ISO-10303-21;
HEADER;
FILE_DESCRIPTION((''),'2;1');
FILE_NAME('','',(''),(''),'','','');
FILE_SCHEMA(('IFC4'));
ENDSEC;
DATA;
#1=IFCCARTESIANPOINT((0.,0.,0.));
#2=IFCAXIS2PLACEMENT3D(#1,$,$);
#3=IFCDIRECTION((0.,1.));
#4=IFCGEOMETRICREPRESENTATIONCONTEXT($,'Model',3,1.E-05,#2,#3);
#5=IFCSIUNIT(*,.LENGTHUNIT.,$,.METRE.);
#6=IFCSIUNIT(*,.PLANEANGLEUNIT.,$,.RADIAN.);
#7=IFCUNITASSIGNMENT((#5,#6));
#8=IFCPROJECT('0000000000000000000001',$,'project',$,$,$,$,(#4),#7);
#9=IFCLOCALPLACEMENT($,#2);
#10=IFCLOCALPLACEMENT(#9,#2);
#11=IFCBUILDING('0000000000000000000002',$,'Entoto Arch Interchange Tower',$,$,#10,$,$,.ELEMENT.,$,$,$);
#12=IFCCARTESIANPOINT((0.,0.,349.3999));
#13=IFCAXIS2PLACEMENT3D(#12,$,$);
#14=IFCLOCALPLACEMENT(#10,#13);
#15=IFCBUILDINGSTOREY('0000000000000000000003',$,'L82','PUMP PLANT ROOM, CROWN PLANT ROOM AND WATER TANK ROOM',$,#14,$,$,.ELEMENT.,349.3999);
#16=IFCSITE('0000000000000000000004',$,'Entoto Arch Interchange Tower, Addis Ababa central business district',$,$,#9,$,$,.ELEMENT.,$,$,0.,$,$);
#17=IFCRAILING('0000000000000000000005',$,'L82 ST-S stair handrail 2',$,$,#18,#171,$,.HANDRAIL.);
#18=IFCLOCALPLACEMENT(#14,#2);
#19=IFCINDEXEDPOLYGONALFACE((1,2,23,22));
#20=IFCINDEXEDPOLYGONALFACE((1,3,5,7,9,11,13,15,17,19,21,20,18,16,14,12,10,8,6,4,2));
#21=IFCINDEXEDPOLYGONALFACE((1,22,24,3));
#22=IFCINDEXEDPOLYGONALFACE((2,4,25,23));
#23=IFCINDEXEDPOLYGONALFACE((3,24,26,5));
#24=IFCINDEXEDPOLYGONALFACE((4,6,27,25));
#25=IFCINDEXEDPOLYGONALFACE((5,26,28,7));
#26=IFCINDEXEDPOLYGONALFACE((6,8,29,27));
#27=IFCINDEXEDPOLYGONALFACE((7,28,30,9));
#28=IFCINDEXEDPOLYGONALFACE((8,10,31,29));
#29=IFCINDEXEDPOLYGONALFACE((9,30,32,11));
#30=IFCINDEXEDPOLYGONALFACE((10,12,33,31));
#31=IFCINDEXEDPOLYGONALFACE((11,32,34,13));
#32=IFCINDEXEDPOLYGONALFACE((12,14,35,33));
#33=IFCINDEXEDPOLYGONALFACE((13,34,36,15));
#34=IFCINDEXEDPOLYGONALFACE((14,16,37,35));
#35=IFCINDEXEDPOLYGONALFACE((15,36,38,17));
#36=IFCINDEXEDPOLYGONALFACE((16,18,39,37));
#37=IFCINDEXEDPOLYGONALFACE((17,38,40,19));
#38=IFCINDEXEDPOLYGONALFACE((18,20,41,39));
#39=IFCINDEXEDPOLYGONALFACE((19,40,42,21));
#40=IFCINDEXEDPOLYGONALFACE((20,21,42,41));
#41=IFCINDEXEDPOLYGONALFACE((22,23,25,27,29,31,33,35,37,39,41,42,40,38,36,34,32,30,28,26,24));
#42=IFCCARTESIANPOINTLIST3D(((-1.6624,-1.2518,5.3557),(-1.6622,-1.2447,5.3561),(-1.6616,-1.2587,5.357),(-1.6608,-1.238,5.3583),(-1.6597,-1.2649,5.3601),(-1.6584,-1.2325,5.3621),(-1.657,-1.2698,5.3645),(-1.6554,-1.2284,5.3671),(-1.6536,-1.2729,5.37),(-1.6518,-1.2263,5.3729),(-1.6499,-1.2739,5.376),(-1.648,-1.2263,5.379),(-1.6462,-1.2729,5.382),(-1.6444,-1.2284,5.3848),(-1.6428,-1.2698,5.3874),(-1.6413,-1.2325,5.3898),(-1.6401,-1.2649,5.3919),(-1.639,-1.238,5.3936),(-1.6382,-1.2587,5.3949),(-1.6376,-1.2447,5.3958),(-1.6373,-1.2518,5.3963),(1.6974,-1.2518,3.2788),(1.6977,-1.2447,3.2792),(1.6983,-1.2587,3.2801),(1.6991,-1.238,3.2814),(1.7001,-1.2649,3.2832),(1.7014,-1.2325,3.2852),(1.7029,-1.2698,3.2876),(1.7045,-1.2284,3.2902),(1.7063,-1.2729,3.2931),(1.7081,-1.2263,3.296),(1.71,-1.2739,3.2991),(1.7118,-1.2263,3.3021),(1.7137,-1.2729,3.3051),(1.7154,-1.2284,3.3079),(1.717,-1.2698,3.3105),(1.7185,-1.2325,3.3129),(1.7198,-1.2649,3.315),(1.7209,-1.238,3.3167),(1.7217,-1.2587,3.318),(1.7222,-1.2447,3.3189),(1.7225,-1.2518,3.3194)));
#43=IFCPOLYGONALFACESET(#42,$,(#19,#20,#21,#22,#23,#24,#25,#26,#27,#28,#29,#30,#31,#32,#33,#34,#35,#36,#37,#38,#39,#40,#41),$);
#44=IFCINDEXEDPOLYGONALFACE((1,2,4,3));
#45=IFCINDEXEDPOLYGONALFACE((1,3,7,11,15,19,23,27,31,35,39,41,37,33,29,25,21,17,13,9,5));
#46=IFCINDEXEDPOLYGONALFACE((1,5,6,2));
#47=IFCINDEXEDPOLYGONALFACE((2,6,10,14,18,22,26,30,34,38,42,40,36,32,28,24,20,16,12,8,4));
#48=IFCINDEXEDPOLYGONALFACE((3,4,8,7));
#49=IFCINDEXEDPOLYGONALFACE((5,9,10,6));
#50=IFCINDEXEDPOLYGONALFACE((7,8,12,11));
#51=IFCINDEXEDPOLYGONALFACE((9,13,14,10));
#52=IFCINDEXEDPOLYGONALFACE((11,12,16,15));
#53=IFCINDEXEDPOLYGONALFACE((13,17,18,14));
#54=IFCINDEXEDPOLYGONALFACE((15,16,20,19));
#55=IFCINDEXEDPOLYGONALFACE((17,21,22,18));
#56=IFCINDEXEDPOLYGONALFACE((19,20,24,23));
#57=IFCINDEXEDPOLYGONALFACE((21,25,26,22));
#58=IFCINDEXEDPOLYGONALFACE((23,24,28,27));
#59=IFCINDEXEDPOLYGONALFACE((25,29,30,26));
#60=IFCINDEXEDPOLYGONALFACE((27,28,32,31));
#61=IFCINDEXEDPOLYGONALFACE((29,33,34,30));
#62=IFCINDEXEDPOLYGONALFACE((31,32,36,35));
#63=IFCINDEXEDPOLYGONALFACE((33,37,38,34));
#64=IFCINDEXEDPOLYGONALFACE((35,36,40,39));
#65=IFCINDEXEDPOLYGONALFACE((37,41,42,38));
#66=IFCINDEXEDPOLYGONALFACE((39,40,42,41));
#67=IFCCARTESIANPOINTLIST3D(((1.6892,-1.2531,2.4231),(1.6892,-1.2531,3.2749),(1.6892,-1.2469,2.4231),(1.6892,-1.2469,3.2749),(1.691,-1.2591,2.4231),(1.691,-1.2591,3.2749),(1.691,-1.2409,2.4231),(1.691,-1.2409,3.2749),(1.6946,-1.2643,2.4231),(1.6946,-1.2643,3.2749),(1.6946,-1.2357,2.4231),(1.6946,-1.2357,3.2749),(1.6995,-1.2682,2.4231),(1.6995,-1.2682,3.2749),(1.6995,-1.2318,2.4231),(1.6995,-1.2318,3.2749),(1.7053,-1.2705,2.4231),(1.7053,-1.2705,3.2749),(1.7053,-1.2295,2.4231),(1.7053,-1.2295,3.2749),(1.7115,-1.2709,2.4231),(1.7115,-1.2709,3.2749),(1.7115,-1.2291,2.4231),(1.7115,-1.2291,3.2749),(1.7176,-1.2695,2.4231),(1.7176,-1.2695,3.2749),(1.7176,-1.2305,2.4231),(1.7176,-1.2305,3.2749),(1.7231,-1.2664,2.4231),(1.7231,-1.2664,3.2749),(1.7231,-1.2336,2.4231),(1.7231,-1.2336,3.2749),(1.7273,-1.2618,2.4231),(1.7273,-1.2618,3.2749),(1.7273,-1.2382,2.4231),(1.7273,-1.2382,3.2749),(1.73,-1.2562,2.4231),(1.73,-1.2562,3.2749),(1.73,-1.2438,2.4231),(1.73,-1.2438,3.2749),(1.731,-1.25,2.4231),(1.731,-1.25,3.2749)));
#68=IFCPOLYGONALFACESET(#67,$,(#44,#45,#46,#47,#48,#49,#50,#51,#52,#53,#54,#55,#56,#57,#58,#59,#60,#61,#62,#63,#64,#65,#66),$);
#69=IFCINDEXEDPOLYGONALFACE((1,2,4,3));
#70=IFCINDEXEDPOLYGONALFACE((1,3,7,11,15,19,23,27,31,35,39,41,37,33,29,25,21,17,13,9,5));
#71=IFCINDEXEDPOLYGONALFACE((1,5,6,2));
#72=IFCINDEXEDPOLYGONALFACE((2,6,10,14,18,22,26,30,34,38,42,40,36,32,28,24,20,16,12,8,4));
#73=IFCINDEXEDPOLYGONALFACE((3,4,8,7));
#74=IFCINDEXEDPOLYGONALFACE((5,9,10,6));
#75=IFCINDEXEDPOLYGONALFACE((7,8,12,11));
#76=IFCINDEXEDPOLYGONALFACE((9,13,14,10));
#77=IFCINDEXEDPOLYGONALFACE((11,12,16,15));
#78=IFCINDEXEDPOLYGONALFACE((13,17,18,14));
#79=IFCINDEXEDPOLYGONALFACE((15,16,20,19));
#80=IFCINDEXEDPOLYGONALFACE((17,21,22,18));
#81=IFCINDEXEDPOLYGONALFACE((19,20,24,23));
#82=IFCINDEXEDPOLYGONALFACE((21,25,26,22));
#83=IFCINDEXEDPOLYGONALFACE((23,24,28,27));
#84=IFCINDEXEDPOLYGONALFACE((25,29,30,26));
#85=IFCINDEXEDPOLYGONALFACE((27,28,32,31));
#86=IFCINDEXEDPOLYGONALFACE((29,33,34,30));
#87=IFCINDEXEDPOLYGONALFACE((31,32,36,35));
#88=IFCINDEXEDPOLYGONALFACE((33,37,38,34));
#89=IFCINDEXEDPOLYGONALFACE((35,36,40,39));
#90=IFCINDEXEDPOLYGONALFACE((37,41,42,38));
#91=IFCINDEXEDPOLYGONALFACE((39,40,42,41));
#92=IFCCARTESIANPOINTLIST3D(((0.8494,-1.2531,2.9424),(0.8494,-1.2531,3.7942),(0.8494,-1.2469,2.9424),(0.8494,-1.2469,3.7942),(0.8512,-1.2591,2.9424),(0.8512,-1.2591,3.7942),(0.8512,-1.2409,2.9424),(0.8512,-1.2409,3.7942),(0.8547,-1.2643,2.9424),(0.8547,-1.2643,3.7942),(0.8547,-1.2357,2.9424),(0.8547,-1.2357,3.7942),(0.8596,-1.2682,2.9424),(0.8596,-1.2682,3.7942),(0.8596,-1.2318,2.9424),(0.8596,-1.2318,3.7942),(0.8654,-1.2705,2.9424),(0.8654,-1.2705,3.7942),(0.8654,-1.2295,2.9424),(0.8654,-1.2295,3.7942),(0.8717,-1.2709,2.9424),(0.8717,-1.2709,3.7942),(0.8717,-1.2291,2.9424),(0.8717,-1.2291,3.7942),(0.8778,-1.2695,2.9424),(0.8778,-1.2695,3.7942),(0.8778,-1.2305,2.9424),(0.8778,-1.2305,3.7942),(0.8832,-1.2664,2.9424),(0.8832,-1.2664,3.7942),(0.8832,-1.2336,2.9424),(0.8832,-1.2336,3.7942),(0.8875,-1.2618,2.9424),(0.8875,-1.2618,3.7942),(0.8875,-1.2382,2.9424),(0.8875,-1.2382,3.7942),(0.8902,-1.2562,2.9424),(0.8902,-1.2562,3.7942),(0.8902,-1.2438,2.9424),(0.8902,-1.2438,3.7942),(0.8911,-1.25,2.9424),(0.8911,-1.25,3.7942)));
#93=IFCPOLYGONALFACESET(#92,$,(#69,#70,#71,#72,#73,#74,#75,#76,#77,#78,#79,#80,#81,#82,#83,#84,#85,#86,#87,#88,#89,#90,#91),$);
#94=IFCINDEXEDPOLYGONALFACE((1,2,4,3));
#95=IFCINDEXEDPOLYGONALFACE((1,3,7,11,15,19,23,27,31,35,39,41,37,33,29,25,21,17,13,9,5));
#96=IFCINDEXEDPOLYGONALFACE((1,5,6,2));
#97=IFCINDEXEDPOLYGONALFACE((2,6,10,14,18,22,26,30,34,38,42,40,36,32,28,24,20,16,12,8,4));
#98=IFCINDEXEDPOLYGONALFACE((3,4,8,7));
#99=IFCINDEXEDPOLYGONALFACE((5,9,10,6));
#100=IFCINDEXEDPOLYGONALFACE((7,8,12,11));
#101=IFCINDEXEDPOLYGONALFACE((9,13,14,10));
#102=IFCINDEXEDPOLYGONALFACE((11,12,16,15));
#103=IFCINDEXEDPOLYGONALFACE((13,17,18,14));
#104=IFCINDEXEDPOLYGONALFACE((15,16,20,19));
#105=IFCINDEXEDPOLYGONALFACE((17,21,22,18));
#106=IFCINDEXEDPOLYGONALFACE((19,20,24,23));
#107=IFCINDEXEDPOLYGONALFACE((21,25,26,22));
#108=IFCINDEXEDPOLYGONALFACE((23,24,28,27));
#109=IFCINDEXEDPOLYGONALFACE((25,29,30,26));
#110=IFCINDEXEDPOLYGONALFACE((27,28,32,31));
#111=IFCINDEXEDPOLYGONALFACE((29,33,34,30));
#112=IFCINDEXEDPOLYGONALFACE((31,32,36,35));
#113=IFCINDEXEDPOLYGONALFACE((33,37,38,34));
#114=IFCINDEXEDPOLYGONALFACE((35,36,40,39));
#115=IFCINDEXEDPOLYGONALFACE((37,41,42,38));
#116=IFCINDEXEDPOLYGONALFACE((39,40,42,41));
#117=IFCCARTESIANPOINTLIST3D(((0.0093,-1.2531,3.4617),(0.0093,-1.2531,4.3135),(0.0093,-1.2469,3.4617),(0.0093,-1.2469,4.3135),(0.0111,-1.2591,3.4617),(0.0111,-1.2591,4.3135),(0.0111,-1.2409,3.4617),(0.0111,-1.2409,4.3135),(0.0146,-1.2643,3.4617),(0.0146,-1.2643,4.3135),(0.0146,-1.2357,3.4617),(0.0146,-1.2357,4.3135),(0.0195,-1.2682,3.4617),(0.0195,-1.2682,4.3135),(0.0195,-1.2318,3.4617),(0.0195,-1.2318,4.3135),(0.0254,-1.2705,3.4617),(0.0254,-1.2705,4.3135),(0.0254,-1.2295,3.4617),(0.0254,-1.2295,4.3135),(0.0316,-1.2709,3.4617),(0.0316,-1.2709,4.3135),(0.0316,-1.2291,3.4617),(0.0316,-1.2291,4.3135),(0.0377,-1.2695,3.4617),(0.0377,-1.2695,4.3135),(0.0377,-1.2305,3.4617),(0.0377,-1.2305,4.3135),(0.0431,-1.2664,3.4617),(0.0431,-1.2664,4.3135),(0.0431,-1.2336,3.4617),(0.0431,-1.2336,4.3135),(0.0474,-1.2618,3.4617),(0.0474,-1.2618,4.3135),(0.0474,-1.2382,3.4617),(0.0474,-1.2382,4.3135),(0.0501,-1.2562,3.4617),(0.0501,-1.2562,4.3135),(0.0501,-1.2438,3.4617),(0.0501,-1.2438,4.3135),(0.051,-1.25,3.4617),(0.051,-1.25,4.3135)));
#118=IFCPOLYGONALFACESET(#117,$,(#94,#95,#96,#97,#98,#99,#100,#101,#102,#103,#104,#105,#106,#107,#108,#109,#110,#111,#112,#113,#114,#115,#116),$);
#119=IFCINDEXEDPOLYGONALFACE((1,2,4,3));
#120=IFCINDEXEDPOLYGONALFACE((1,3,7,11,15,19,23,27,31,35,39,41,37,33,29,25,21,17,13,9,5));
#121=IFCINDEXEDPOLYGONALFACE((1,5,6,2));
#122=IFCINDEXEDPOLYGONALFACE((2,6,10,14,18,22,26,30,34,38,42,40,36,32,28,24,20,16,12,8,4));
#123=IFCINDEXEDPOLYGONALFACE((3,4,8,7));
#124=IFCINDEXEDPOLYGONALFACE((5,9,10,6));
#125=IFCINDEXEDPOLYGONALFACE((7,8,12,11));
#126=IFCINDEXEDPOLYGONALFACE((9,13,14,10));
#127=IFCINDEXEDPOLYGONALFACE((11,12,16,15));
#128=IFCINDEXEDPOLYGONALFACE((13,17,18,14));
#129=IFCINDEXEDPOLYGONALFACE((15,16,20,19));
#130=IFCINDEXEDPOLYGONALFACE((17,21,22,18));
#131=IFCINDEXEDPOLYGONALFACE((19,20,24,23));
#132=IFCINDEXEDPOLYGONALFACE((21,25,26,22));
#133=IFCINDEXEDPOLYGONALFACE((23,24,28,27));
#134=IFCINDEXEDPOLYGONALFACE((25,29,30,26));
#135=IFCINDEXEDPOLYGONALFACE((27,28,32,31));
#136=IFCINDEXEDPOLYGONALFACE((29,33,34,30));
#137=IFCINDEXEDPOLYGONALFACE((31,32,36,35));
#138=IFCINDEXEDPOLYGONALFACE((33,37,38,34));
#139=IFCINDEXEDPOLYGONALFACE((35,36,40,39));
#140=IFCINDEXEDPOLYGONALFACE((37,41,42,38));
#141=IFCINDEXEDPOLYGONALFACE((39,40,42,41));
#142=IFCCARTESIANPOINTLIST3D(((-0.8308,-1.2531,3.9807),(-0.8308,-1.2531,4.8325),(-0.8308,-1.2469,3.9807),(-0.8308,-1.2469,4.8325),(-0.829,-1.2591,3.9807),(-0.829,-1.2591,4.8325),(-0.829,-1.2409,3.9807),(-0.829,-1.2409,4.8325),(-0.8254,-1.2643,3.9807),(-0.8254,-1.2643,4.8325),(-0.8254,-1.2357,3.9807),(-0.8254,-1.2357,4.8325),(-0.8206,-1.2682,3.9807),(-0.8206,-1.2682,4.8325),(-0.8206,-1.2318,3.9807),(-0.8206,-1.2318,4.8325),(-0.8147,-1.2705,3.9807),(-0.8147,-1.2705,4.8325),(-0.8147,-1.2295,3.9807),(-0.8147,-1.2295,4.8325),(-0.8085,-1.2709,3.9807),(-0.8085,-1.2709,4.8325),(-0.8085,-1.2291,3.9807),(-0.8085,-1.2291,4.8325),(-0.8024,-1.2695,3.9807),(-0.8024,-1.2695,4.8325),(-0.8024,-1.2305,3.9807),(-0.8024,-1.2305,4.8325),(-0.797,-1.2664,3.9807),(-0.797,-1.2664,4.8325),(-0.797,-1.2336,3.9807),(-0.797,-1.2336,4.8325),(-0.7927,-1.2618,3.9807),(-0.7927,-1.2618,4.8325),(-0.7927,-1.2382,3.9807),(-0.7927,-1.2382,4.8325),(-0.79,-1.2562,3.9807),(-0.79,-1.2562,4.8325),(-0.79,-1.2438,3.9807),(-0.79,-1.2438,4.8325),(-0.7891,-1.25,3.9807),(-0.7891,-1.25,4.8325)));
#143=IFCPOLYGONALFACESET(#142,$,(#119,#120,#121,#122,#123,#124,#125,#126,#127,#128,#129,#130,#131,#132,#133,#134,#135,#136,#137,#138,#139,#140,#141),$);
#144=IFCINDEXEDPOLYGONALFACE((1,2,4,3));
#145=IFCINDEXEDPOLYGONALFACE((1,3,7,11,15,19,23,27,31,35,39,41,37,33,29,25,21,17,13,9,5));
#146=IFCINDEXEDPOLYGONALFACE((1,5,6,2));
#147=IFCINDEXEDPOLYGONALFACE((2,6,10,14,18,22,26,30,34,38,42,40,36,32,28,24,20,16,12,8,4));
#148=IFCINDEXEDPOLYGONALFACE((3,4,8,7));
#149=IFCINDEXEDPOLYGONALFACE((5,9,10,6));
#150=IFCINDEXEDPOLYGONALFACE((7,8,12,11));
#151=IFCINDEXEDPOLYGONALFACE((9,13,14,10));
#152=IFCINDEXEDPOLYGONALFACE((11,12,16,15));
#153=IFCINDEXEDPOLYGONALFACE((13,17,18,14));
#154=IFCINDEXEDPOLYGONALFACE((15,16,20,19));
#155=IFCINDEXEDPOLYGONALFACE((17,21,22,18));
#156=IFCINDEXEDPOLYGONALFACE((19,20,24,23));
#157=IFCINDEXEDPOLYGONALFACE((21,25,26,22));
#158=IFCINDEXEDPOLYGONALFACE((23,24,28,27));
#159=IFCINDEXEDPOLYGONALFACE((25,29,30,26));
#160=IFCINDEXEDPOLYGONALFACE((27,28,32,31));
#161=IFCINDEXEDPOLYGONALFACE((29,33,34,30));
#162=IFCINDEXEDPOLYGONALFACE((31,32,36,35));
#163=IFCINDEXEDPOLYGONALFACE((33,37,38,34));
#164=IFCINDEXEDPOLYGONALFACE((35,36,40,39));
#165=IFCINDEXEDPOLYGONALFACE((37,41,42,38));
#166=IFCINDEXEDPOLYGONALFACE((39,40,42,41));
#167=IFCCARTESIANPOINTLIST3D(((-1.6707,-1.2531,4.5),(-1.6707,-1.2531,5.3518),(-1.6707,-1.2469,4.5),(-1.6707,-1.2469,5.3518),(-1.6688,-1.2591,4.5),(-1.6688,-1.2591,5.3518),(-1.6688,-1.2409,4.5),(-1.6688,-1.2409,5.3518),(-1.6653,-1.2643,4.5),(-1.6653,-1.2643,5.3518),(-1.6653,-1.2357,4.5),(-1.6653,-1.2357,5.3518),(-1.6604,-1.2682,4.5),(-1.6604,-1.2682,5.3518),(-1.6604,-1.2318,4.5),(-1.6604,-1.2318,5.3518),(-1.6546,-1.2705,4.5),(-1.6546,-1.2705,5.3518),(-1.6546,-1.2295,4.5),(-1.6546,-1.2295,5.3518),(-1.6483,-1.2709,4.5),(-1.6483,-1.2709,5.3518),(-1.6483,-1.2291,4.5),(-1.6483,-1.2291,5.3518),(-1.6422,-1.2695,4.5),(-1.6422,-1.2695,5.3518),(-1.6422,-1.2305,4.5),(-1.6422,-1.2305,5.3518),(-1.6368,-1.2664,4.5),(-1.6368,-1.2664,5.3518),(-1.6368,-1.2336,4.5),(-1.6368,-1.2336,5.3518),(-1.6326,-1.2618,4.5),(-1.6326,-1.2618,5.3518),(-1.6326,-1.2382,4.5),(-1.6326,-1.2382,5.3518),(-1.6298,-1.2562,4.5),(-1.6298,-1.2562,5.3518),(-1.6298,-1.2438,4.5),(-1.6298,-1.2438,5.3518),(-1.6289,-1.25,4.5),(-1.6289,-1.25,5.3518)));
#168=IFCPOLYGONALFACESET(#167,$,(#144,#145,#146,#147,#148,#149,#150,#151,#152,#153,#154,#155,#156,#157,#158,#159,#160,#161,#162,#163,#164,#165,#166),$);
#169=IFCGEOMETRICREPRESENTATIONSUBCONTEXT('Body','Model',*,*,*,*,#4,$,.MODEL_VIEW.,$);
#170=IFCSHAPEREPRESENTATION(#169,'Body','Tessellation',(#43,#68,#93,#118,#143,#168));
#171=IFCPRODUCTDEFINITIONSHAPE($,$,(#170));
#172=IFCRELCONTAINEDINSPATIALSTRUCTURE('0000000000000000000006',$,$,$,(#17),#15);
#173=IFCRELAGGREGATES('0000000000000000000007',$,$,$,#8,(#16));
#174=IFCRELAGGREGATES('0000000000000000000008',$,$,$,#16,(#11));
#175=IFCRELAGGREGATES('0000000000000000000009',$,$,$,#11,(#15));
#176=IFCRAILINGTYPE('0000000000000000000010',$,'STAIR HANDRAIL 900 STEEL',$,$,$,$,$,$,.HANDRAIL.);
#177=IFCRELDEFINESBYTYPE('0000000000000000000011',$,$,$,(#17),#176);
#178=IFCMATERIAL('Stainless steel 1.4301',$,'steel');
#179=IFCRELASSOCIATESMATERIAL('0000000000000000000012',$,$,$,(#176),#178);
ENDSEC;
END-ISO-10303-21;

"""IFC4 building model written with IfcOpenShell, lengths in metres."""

from ifc_helpers import new_model, si_unit, direction, frame, origin, origin_2d, place, context, subcontext, project, spatial, circle, extrude, material, type_object, element, save


model = new_model("IFC4")

# Units and contexts
model_context = context("Model", 3, precision=1e-05, world=origin(), true_north=direction((0.0, 1.0)))
body_context = subcontext(model_context, "Body", "Model", "MODEL_VIEW")
ifc_project = project(units=[si_unit("LENGTHUNIT", "METRE"), si_unit("PLANEANGLEUNIT", "RADIAN")], contexts=[model_context])

# Site, building, storey
site_placement = place(None, origin())
site = spatial("IfcSite", under=ifc_project, at=site_placement, Name="Entoto Arch Interchange Tower, Addis Ababa central business district", CompositionType="ELEMENT", RefElevation=0.0)
building_placement = place(site_placement, origin())
building = spatial("IfcBuilding", under=site, at=building_placement, Name="Entoto Arch Interchange Tower", CompositionType="ELEMENT")
storey_placement = place(building_placement, frame((0.0, 0.0, 349.3999)))
storey = spatial("IfcBuildingStorey", under=building, at=storey_placement, Name="L82", Description="PUMP PLANT ROOM, CROWN PLANT ROOM AND WATER TANK ROOM", CompositionType="ELEMENT", Elevation=349.3999)

# Railing
ifc_material_1 = material(Name="Stainless steel 1.4301", Category="steel")
railing_type_1 = type_object("IfcRailingType", Name="STAIR HANDRAIL 900 STEEL", PredefinedType="HANDRAIL", material=ifc_material_1)
railing_1_placement = place(storey_placement, frame((1.71, -1.25, 2.4231)))
element("IfcRailing", 1, at=railing_1_placement, inside=storey, type_object=railing_type_1, Name="L82 ST-S stair handrail 2", PredefinedType="HANDRAIL", context=body_context, shape_type="SweptSolid", body=[
    extrude(circle(Radius=0.0239, at=origin_2d()), frame((0.0, 0.0, 0.876), z_axis=(-0.850606, 0.0, 0.525803), x_axis=(0.0, -1.0, 0.0)), (0.0, 0.0, 1.0), 3.95),
    extrude(circle(Radius=0.021, at=origin_2d()), origin(), (0.0, 0.0, 1.0), 0.8518),
    extrude(circle(Radius=0.021, at=origin_2d()), frame((-0.8398, 0.0, 0.5193)), (0.0, 0.0, 1.0), 0.8518),
    extrude(circle(Radius=0.021, at=origin_2d()), frame((-1.6799, 0.0, 1.0386)), (0.0, 0.0, 1.0), 0.8518),
    extrude(circle(Radius=0.021, at=origin_2d()), frame((-2.52, 0.0, 1.5576)), (0.0, 0.0, 1.0), 0.8518),
    extrude(circle(Radius=0.021, at=origin_2d()), frame((-3.3599, 0.0, 2.0769)), (0.0, 0.0, 1.0), 0.8518),
])

save(model, "model.ifc")
